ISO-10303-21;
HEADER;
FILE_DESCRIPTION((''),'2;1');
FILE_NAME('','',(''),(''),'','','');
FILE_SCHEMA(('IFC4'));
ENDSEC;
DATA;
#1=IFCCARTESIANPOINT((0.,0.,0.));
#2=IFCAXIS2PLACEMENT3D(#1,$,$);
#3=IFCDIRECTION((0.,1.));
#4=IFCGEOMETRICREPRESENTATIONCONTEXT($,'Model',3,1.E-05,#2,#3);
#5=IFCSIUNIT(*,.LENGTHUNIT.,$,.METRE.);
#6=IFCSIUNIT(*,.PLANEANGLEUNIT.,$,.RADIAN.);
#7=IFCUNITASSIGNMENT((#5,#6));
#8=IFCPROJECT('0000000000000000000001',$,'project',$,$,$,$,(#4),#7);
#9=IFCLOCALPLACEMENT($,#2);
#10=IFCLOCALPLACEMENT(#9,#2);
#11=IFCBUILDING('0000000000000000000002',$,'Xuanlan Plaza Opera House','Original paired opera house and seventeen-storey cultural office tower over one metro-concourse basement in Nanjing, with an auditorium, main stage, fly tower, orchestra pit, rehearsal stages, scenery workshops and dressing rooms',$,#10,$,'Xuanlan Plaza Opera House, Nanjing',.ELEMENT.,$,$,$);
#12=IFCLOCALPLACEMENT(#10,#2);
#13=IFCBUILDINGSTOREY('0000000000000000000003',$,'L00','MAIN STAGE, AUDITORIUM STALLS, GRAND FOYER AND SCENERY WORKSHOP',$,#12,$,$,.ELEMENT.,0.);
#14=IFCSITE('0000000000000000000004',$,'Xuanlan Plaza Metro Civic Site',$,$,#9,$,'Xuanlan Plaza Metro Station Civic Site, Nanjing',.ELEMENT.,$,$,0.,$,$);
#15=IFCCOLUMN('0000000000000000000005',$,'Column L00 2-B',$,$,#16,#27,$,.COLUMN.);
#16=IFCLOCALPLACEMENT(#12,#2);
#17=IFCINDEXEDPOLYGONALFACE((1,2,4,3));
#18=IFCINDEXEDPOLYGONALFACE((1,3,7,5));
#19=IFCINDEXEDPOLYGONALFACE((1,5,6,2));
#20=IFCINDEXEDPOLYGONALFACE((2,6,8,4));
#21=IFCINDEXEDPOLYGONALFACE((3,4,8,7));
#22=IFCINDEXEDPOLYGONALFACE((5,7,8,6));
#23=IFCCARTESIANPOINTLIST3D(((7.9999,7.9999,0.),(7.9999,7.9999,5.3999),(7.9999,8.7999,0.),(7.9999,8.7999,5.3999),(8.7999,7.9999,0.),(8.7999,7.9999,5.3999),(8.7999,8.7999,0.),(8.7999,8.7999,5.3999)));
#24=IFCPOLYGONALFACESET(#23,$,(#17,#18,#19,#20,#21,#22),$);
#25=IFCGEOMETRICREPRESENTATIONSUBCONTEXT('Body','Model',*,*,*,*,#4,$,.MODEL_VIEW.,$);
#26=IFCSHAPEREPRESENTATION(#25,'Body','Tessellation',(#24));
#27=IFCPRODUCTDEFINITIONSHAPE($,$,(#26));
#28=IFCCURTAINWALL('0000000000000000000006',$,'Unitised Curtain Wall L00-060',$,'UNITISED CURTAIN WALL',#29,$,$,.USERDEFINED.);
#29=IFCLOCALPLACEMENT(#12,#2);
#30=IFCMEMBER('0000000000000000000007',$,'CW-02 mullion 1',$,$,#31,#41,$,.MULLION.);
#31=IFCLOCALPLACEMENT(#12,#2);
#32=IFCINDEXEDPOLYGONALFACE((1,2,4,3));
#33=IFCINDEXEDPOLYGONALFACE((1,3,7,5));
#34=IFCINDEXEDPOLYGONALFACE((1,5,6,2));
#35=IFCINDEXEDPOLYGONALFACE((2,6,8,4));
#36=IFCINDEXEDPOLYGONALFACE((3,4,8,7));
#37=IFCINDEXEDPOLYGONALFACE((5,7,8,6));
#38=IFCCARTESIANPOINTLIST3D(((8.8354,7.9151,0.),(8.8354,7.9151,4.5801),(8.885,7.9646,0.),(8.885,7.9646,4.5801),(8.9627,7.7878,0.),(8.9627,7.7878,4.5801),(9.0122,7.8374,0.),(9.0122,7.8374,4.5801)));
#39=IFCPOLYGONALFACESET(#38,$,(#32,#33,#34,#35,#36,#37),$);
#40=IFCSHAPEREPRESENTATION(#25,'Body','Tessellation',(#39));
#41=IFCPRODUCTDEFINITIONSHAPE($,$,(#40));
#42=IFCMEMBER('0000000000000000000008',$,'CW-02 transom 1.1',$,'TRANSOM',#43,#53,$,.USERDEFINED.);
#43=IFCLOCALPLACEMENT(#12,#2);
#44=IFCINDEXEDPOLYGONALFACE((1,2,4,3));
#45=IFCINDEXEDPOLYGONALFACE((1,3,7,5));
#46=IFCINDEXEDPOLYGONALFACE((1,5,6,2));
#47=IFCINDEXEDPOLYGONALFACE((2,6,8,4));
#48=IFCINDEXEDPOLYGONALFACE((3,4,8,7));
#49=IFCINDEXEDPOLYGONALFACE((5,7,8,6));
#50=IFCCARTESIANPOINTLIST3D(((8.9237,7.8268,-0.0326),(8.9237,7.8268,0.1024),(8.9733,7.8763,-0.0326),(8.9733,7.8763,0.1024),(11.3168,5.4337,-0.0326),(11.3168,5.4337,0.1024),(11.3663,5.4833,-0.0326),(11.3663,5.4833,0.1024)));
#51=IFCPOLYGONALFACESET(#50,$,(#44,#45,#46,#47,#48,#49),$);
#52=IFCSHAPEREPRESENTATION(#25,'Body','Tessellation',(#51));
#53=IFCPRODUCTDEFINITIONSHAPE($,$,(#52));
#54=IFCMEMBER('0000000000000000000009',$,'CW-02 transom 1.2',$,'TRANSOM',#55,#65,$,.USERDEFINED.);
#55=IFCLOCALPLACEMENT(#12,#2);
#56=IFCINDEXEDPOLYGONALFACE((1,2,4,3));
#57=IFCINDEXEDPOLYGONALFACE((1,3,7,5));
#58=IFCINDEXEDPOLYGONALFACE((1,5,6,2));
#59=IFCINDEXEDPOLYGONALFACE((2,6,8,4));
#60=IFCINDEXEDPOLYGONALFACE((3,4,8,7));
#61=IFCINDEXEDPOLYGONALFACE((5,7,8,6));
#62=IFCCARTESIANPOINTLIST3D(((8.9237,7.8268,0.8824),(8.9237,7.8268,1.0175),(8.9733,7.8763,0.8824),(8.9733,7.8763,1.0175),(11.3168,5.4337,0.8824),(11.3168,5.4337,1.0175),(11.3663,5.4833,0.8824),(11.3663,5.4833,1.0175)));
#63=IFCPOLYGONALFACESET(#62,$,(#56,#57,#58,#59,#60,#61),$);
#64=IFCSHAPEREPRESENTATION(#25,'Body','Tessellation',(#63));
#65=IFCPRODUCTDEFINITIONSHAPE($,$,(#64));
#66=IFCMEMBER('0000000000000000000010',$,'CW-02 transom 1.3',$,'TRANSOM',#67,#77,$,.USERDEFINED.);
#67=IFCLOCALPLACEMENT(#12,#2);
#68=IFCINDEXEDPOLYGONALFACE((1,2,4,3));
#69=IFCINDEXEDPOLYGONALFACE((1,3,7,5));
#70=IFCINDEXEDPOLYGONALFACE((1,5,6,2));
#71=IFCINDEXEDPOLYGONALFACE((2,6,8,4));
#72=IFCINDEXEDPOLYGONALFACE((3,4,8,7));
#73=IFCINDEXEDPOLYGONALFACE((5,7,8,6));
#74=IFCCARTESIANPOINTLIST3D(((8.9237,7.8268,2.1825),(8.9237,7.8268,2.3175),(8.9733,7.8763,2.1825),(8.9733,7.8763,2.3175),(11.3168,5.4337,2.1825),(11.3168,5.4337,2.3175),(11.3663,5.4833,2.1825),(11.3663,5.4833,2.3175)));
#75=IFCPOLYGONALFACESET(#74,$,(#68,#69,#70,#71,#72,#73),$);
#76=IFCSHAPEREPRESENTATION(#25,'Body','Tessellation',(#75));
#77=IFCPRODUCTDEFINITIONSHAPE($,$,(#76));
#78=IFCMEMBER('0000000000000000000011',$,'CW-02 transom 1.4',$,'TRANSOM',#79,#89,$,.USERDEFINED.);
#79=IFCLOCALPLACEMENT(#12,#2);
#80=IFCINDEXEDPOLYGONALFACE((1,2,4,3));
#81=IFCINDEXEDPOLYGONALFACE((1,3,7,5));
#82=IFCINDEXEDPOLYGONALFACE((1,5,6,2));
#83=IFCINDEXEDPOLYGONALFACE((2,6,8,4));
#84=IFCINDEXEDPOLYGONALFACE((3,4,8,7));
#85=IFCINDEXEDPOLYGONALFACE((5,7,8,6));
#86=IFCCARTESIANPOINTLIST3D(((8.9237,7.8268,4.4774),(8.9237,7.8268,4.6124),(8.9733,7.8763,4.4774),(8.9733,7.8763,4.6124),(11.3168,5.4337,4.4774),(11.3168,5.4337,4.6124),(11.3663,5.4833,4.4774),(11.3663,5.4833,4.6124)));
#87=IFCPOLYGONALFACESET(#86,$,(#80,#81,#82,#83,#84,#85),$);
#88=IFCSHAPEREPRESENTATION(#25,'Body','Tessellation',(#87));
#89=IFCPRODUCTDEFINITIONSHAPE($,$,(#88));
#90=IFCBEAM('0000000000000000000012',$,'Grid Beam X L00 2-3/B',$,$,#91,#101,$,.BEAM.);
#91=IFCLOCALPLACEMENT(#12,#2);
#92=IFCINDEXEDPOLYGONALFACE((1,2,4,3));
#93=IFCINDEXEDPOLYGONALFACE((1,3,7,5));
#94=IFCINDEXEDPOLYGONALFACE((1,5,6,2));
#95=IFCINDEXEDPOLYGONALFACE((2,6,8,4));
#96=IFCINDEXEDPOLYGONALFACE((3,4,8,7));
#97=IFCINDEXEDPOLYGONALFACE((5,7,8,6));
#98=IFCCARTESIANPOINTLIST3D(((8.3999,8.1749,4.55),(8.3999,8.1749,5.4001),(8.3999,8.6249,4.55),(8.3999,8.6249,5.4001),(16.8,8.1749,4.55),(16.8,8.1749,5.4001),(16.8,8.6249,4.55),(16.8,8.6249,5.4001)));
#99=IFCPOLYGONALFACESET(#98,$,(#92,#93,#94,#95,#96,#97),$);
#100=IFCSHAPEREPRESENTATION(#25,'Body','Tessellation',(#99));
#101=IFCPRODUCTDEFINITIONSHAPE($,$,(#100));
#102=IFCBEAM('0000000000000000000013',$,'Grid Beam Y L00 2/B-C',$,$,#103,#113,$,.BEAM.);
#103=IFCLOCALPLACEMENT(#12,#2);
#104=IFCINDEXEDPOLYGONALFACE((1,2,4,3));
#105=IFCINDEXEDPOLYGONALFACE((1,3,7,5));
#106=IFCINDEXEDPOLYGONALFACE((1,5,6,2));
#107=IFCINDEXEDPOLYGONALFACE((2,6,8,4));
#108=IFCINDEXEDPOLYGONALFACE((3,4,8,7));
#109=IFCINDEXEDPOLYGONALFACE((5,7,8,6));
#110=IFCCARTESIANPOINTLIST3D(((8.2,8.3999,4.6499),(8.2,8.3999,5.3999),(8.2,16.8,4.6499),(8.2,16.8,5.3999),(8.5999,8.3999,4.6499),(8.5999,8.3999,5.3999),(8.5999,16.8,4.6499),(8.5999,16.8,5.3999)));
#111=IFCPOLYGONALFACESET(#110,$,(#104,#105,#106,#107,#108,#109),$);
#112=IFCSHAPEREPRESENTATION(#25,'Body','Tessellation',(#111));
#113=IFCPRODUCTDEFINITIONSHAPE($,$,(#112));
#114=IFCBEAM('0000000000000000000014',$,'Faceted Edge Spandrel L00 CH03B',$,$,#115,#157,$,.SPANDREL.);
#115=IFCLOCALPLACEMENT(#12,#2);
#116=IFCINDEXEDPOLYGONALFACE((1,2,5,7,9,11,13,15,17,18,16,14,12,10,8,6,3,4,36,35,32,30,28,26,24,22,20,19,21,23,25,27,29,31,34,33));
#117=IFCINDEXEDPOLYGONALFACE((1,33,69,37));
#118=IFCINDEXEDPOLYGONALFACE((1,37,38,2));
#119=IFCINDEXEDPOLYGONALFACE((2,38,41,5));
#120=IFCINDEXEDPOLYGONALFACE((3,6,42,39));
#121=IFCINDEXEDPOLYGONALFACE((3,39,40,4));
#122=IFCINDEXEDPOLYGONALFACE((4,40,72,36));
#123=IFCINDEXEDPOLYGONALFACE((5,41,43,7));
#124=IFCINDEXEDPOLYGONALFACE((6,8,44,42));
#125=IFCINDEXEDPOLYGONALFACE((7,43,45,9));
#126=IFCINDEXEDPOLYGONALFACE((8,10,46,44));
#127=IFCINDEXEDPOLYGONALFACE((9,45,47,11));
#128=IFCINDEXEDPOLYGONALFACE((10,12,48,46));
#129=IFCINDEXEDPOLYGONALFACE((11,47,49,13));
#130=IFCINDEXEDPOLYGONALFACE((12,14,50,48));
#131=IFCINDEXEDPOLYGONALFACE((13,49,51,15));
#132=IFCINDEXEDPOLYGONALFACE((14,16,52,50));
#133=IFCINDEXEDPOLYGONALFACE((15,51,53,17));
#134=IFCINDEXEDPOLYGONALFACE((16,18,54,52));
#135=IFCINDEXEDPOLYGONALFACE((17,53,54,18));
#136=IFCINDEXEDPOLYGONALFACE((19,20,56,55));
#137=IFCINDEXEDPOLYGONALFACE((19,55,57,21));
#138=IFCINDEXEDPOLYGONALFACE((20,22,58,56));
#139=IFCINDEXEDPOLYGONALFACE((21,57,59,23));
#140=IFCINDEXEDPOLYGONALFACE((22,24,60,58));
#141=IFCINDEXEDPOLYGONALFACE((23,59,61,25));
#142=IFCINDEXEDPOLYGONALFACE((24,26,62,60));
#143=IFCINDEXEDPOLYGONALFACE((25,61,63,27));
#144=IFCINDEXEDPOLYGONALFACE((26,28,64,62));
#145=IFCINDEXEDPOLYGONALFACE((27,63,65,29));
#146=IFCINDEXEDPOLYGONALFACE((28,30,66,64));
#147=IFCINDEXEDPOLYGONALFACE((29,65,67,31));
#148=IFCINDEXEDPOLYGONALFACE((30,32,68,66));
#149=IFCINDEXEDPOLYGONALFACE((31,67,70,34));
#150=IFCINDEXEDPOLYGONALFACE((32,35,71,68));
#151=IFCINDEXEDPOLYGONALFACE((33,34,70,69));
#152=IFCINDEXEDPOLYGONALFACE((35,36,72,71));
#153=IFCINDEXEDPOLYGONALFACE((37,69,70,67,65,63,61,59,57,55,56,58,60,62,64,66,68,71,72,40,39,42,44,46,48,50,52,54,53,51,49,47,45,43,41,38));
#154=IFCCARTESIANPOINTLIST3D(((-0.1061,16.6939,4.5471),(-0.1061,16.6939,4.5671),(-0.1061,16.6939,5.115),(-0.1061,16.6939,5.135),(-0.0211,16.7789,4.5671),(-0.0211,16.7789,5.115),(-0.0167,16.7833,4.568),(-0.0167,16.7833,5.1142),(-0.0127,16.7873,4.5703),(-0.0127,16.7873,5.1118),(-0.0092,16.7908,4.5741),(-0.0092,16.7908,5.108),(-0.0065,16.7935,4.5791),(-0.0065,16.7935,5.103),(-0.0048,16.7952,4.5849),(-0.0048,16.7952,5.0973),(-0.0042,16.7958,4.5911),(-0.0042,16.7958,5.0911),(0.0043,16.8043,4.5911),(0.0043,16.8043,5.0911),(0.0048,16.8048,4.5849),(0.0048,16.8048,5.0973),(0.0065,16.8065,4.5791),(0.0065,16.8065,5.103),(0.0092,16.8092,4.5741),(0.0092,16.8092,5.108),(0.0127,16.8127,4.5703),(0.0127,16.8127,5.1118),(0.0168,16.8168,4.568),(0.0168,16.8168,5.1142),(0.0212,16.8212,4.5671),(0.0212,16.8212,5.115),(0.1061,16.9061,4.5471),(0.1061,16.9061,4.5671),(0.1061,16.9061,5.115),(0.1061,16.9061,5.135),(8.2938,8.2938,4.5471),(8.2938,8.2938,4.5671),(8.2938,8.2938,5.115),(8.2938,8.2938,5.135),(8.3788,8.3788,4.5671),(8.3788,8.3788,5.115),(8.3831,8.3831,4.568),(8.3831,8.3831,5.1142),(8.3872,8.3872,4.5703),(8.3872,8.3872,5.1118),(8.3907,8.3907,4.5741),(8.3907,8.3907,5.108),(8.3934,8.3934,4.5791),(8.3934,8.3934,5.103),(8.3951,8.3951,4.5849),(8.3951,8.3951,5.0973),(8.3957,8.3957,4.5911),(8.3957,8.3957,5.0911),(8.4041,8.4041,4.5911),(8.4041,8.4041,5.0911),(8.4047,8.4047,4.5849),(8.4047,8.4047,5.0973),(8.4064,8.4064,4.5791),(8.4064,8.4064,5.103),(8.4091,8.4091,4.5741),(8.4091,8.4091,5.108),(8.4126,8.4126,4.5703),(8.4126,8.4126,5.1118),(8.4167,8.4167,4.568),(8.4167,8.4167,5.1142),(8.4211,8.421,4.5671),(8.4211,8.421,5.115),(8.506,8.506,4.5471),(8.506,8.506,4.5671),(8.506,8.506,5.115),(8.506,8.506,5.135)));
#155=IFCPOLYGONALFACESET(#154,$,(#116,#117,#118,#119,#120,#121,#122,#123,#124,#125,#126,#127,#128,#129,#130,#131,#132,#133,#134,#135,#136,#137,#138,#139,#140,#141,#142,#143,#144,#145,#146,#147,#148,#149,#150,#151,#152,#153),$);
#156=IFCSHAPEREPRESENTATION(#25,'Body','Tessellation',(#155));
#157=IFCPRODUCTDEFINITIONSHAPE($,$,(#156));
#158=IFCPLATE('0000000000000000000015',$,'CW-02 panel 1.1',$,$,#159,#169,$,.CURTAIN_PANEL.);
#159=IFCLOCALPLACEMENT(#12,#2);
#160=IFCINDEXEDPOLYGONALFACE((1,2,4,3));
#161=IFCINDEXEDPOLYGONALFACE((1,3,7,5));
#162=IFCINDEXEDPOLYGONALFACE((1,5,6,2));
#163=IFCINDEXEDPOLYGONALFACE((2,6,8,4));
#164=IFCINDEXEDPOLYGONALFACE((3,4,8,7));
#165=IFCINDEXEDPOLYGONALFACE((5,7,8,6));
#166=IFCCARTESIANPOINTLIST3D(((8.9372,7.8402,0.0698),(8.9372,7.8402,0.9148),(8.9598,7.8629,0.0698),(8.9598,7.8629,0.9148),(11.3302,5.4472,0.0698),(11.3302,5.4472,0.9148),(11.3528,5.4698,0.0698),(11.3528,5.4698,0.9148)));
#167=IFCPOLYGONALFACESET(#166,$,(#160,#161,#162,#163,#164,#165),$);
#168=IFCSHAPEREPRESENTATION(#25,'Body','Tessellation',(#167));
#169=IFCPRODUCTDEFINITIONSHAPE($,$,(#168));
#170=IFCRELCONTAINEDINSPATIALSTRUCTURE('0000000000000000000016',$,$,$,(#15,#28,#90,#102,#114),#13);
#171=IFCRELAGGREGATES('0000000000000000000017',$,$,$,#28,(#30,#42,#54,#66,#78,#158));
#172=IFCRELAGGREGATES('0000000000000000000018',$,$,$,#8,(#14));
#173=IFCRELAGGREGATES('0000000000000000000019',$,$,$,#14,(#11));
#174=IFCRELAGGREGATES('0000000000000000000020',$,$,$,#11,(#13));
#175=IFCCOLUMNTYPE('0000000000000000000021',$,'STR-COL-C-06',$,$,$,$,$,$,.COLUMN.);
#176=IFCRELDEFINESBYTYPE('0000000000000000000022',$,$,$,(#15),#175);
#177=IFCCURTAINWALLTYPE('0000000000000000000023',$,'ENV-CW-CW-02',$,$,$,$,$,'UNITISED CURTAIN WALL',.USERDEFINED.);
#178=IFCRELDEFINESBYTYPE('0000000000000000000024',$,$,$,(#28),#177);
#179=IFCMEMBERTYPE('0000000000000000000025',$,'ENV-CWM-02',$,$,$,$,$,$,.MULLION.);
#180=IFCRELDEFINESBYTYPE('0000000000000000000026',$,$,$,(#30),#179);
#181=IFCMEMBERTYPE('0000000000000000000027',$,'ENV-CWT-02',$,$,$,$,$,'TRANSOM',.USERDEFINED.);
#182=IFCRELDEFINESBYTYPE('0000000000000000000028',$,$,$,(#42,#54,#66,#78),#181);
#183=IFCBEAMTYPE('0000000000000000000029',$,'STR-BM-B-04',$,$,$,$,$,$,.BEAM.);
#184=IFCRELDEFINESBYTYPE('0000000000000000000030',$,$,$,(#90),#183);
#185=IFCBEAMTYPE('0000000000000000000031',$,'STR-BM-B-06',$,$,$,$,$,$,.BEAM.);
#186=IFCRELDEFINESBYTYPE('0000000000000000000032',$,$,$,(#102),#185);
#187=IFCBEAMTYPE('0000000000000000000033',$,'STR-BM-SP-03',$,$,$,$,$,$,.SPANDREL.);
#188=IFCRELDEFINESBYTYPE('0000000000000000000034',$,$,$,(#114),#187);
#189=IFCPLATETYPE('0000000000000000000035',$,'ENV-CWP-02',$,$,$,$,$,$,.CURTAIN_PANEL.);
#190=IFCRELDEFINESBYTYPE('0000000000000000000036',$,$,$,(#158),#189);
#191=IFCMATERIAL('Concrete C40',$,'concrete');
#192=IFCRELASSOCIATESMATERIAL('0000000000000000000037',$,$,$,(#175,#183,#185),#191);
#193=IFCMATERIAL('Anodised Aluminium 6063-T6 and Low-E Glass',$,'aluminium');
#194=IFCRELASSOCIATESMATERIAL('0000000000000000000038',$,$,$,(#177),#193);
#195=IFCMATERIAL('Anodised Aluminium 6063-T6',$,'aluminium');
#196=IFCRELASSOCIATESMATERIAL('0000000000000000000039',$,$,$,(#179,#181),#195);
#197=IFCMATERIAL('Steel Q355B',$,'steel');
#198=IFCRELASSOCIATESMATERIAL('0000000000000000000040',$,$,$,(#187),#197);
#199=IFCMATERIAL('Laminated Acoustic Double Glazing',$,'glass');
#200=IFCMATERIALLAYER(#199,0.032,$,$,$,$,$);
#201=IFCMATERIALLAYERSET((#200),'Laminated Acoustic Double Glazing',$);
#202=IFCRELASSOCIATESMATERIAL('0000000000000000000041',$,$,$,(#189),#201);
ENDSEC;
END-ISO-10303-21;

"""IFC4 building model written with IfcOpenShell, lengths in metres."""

from ifc_helpers import new_model, si_unit, direction, frame, origin, origin_2d, place, context, subcontext, project, spatial, rectangle, i_section, extrude, material, layer, layer_set, material_profile, profile_set, type_object, element, aggregate, save


model = new_model("IFC4")

# Units and contexts
model_context = context("Model", 3, precision=1e-05, world=origin(), true_north=direction((0.0, 1.0)))
body_context = subcontext(model_context, "Body", "Model", "MODEL_VIEW")
ifc_project = project(units=[si_unit("LENGTHUNIT", "METRE"), si_unit("PLANEANGLEUNIT", "RADIAN")], contexts=[model_context])

# Site, building, storey
site_placement = place(None, origin())
site = spatial("IfcSite", under=ifc_project, at=site_placement, Name="Xuanlan Plaza Metro Civic Site", LongName="Xuanlan Plaza Metro Station Civic Site, Nanjing", CompositionType="ELEMENT", RefElevation=0.0)
building_placement = place(site_placement, origin())
building = spatial("IfcBuilding", under=site, at=building_placement, Name="Xuanlan Plaza Opera House", Description="Original paired opera house and seventeen-storey cultural office tower over one metro-concourse basement in Nanjing, with an auditorium, main stage, fly tower, orchestra pit, rehearsal stages, scenery workshops and dressing rooms", LongName="Xuanlan Plaza Opera House, Nanjing", CompositionType="ELEMENT")
storey_placement = place(building_placement, origin())
storey = spatial("IfcBuildingStorey", under=building, at=storey_placement, Name="L00", Description="MAIN STAGE, AUDITORIUM STALLS, GRAND FOYER AND SCENERY WORKSHOP", CompositionType="ELEMENT", Elevation=0.0)

# Column
ifc_material_1 = material(Name="Concrete C40", Category="concrete")
ifc_material_profile_1 = material_profile(ifc_material_1, rectangle(XDim=0.8, YDim=0.8, at=origin_2d()), Name="RC-COL 800x800")
ifc_profile_set_1 = profile_set([ifc_material_profile_1], Name="Concrete C40")
column_type = type_object("IfcColumnType", Name="STR-COL-C-06", PredefinedType="COLUMN", material=ifc_profile_set_1)
column_placement = place(storey_placement, frame((8.3999, 8.3999, 0.0), z_axis=(0.0, 0.0, 1.0), x_axis=(1.0, 0.0, 0.0)))
element("IfcColumn", 1, at=column_placement, inside=storey, type_object=column_type, Name="Column L00 2-B", PredefinedType="COLUMN", context=body_context, shape_type="SweptSolid", body=[
    extrude(rectangle(XDim=0.8, YDim=0.8, at=origin_2d()), origin(), (0.0, 0.0, 1.0), 5.3999),
])

# Curtain wall, members
ifc_material_2 = material(Name="Anodised Aluminium 6063-T6 and Low-E Glass", Category="aluminium")
curtain_wall_type = type_object("IfcCurtainWallType", Name="ENV-CW-CW-02", ElementType="UNITISED CURTAIN WALL", PredefinedType="USERDEFINED", material=ifc_material_2)
curtain_wall_placement = place(storey_placement, origin())
curtain_wall = element("IfcCurtainWall", 2, at=curtain_wall_placement, inside=storey, type_object=curtain_wall_type, Name="Unitised Curtain Wall L00-060", ObjectType="UNITISED CURTAIN WALL", PredefinedType="USERDEFINED")
ifc_material_3 = material(Name="Anodised Aluminium 6063-T6", Category="aluminium")
ifc_material_profile_2 = material_profile(ifc_material_3, rectangle(XDim=0.0701, YDim=0.1799, at=origin_2d()), Name="ALU-M 70x180")
ifc_profile_set_2 = profile_set([ifc_material_profile_2], Name="Anodised Aluminium 6063-T6")
member_type_1 = type_object("IfcMemberType", Name="ENV-CWM-02", PredefinedType="MULLION", material=ifc_profile_set_2)
member_1_placement = place(storey_placement, frame((8.9238, 7.8762, 0.0), z_axis=(0.0, 0.0, 1.0), x_axis=(0.707107, 0.707107, 0.0)))
member_1 = element("IfcMember", 3, at=member_1_placement, type_object=member_type_1, Name="CW-02 mullion 1", PredefinedType="MULLION", context=body_context, shape_type="SweptSolid", body=[
    extrude(rectangle(XDim=0.0701, YDim=0.1799, at=origin_2d()), origin(), (0.0, 0.0, 1.0), 4.5801),
])
ifc_material_profile_3 = material_profile(ifc_material_3, rectangle(XDim=0.0701, YDim=0.135, at=origin_2d()), Name="ALU-T 70x135")
ifc_profile_set_3 = profile_set([ifc_material_profile_3], Name="Anodised Aluminium 6063-T6")
member_type_2 = type_object("IfcMemberType", Name="ENV-CWT-02", ElementType="TRANSOM", PredefinedType="USERDEFINED", material=ifc_profile_set_3)
member_2_placement = place(storey_placement, frame((8.9485, 7.8516, 0.0349), z_axis=(0.707107, -0.707107, 0.0), x_axis=(0.707107, 0.707107, 0.0)))
member_2 = element("IfcMember", 4, at=member_2_placement, type_object=member_type_2, Name="CW-02 transom 1.1", ObjectType="TRANSOM", PredefinedType="USERDEFINED", context=body_context, shape_type="SweptSolid", body=[
    extrude(rectangle(XDim=0.0701, YDim=0.135, at=origin_2d()), origin(), (0.0, 0.0, 1.0), 3.3843),
])
member_3_placement = place(storey_placement, frame((8.9485, 7.8516, 0.95), z_axis=(0.707107, -0.707107, 0.0), x_axis=(0.707107, 0.707107, 0.0)))
member_3 = element("IfcMember", 5, at=member_3_placement, type_object=member_type_2, Name="CW-02 transom 1.2", ObjectType="TRANSOM", PredefinedType="USERDEFINED", context=body_context, shape_type="SweptSolid", body=[
    extrude(rectangle(XDim=0.0701, YDim=0.135, at=origin_2d()), origin(), (0.0, 0.0, 1.0), 3.3843),
])
member_4_placement = place(storey_placement, frame((8.9485, 7.8516, 2.25), z_axis=(0.707107, -0.707107, 0.0), x_axis=(0.707107, 0.707107, 0.0)))
member_4 = element("IfcMember", 6, at=member_4_placement, type_object=member_type_2, Name="CW-02 transom 1.3", ObjectType="TRANSOM", PredefinedType="USERDEFINED", context=body_context, shape_type="SweptSolid", body=[
    extrude(rectangle(XDim=0.0701, YDim=0.135, at=origin_2d()), origin(), (0.0, 0.0, 1.0), 3.3843),
])
member_5_placement = place(storey_placement, frame((8.9485, 7.8516, 4.5449), z_axis=(0.707107, -0.707107, 0.0), x_axis=(0.707107, 0.707107, 0.0)))
member_5 = element("IfcMember", 7, at=member_5_placement, type_object=member_type_2, Name="CW-02 transom 1.4", ObjectType="TRANSOM", PredefinedType="USERDEFINED", context=body_context, shape_type="SweptSolid", body=[
    extrude(rectangle(XDim=0.0701, YDim=0.135, at=origin_2d()), origin(), (0.0, 0.0, 1.0), 3.3843),
])

# Beams
ifc_material_profile_4 = material_profile(ifc_material_1, rectangle(XDim=0.45, YDim=0.8501, at=origin_2d()), Name="RC-BM 450x850")
ifc_profile_set_4 = profile_set([ifc_material_profile_4], Name="Concrete C40")
beam_type_1 = type_object("IfcBeamType", Name="STR-BM-B-04", PredefinedType="BEAM", material=ifc_profile_set_4)
beam_1_placement = place(storey_placement, frame((8.3999, 8.3999, 4.9751), z_axis=(1.0, 0.0, 0.0), x_axis=(0.0, 1.0, 0.0)))
element("IfcBeam", 8, at=beam_1_placement, inside=storey, type_object=beam_type_1, Name="Grid Beam X L00 2-3/B", PredefinedType="BEAM", context=body_context, shape_type="SweptSolid", body=[
    extrude(rectangle(XDim=0.45, YDim=0.8501, at=origin_2d()), origin(), (0.0, 0.0, 1.0), 8.4001),
])
ifc_material_profile_5 = material_profile(ifc_material_1, rectangle(XDim=0.3999, YDim=0.75, at=origin_2d()), Name="RC-BM 400x750")
ifc_profile_set_5 = profile_set([ifc_material_profile_5], Name="Concrete C40")
beam_type_2 = type_object("IfcBeamType", Name="STR-BM-B-06", PredefinedType="BEAM", material=ifc_profile_set_5)
beam_2_placement = place(storey_placement, frame((8.3999, 8.3999, 5.0249), z_axis=(0.0, 1.0, 0.0), x_axis=(-1.0, 0.0, 0.0)))
element("IfcBeam", 9, at=beam_2_placement, inside=storey, type_object=beam_type_2, Name="Grid Beam Y L00 2/B-C", PredefinedType="BEAM", context=body_context, shape_type="SweptSolid", body=[
    extrude(rectangle(XDim=0.3999, YDim=0.75, at=origin_2d()), origin(), (0.0, 0.0, 1.0), 8.4001),
])
ifc_material_4 = material(Name="Steel Q355B", Category="steel")
ifc_material_profile_6 = material_profile(ifc_material_4, i_section(OverallWidth=0.3, OverallDepth=0.5879, WebThickness=0.012, FlangeThickness=0.02, FilletRadius=0.0239, at=origin_2d()), Name="HM 588x300x12x20")
ifc_profile_set_6 = profile_set([ifc_material_profile_6], Name="Steel Q355B")
beam_type_3 = type_object("IfcBeamType", Name="STR-BM-SP-03", PredefinedType="SPANDREL", material=ifc_profile_set_6)
beam_3_placement = place(storey_placement, frame((8.3999, 8.3999, 4.8411), z_axis=(-0.707097, 0.707117, 0.0), x_axis=(-0.707117, -0.707097, 0.0)))
element("IfcBeam", 10, at=beam_3_placement, inside=storey, type_object=beam_type_3, Name="Faceted Edge Spandrel L00 CH03B", PredefinedType="SPANDREL", context=body_context, shape_type="SweptSolid", body=[
    extrude(i_section(OverallWidth=0.3, OverallDepth=0.5879, WebThickness=0.012, FlangeThickness=0.02, FilletRadius=0.0239, at=origin_2d()), origin(), (0.0, 0.0, 1.0), 11.8794),
])

# Plate
ifc_material_5 = material(Name="Laminated Acoustic Double Glazing", Category="glass")
ifc_layer_1 = layer(ifc_material_5, 0.032)
ifc_layer_set_1 = layer_set([ifc_layer_1], Name="Laminated Acoustic Double Glazing")
plate_type = type_object("IfcPlateType", Name="ENV-CWP-02", PredefinedType="CURTAIN_PANEL", material=ifc_layer_set_1)
plate_placement = place(storey_placement, frame((10.145, 6.655, 0.0698), z_axis=(0.0, 0.0, 1.0), x_axis=(0.707107, -0.707107, 0.0)))
plate = element("IfcPlate", 11, at=plate_placement, type_object=plate_type, Name="CW-02 panel 1.1", PredefinedType="CURTAIN_PANEL", context=body_context, shape_type="SweptSolid", body=[
    extrude(rectangle(XDim=3.3843, YDim=0.032, at=origin_2d()), origin(), (0.0, 0.0, 1.0), 0.845),
])
aggregate(curtain_wall, [member_1, member_2, member_3, member_4, member_5, plate])

save(model, "model.ifc")
